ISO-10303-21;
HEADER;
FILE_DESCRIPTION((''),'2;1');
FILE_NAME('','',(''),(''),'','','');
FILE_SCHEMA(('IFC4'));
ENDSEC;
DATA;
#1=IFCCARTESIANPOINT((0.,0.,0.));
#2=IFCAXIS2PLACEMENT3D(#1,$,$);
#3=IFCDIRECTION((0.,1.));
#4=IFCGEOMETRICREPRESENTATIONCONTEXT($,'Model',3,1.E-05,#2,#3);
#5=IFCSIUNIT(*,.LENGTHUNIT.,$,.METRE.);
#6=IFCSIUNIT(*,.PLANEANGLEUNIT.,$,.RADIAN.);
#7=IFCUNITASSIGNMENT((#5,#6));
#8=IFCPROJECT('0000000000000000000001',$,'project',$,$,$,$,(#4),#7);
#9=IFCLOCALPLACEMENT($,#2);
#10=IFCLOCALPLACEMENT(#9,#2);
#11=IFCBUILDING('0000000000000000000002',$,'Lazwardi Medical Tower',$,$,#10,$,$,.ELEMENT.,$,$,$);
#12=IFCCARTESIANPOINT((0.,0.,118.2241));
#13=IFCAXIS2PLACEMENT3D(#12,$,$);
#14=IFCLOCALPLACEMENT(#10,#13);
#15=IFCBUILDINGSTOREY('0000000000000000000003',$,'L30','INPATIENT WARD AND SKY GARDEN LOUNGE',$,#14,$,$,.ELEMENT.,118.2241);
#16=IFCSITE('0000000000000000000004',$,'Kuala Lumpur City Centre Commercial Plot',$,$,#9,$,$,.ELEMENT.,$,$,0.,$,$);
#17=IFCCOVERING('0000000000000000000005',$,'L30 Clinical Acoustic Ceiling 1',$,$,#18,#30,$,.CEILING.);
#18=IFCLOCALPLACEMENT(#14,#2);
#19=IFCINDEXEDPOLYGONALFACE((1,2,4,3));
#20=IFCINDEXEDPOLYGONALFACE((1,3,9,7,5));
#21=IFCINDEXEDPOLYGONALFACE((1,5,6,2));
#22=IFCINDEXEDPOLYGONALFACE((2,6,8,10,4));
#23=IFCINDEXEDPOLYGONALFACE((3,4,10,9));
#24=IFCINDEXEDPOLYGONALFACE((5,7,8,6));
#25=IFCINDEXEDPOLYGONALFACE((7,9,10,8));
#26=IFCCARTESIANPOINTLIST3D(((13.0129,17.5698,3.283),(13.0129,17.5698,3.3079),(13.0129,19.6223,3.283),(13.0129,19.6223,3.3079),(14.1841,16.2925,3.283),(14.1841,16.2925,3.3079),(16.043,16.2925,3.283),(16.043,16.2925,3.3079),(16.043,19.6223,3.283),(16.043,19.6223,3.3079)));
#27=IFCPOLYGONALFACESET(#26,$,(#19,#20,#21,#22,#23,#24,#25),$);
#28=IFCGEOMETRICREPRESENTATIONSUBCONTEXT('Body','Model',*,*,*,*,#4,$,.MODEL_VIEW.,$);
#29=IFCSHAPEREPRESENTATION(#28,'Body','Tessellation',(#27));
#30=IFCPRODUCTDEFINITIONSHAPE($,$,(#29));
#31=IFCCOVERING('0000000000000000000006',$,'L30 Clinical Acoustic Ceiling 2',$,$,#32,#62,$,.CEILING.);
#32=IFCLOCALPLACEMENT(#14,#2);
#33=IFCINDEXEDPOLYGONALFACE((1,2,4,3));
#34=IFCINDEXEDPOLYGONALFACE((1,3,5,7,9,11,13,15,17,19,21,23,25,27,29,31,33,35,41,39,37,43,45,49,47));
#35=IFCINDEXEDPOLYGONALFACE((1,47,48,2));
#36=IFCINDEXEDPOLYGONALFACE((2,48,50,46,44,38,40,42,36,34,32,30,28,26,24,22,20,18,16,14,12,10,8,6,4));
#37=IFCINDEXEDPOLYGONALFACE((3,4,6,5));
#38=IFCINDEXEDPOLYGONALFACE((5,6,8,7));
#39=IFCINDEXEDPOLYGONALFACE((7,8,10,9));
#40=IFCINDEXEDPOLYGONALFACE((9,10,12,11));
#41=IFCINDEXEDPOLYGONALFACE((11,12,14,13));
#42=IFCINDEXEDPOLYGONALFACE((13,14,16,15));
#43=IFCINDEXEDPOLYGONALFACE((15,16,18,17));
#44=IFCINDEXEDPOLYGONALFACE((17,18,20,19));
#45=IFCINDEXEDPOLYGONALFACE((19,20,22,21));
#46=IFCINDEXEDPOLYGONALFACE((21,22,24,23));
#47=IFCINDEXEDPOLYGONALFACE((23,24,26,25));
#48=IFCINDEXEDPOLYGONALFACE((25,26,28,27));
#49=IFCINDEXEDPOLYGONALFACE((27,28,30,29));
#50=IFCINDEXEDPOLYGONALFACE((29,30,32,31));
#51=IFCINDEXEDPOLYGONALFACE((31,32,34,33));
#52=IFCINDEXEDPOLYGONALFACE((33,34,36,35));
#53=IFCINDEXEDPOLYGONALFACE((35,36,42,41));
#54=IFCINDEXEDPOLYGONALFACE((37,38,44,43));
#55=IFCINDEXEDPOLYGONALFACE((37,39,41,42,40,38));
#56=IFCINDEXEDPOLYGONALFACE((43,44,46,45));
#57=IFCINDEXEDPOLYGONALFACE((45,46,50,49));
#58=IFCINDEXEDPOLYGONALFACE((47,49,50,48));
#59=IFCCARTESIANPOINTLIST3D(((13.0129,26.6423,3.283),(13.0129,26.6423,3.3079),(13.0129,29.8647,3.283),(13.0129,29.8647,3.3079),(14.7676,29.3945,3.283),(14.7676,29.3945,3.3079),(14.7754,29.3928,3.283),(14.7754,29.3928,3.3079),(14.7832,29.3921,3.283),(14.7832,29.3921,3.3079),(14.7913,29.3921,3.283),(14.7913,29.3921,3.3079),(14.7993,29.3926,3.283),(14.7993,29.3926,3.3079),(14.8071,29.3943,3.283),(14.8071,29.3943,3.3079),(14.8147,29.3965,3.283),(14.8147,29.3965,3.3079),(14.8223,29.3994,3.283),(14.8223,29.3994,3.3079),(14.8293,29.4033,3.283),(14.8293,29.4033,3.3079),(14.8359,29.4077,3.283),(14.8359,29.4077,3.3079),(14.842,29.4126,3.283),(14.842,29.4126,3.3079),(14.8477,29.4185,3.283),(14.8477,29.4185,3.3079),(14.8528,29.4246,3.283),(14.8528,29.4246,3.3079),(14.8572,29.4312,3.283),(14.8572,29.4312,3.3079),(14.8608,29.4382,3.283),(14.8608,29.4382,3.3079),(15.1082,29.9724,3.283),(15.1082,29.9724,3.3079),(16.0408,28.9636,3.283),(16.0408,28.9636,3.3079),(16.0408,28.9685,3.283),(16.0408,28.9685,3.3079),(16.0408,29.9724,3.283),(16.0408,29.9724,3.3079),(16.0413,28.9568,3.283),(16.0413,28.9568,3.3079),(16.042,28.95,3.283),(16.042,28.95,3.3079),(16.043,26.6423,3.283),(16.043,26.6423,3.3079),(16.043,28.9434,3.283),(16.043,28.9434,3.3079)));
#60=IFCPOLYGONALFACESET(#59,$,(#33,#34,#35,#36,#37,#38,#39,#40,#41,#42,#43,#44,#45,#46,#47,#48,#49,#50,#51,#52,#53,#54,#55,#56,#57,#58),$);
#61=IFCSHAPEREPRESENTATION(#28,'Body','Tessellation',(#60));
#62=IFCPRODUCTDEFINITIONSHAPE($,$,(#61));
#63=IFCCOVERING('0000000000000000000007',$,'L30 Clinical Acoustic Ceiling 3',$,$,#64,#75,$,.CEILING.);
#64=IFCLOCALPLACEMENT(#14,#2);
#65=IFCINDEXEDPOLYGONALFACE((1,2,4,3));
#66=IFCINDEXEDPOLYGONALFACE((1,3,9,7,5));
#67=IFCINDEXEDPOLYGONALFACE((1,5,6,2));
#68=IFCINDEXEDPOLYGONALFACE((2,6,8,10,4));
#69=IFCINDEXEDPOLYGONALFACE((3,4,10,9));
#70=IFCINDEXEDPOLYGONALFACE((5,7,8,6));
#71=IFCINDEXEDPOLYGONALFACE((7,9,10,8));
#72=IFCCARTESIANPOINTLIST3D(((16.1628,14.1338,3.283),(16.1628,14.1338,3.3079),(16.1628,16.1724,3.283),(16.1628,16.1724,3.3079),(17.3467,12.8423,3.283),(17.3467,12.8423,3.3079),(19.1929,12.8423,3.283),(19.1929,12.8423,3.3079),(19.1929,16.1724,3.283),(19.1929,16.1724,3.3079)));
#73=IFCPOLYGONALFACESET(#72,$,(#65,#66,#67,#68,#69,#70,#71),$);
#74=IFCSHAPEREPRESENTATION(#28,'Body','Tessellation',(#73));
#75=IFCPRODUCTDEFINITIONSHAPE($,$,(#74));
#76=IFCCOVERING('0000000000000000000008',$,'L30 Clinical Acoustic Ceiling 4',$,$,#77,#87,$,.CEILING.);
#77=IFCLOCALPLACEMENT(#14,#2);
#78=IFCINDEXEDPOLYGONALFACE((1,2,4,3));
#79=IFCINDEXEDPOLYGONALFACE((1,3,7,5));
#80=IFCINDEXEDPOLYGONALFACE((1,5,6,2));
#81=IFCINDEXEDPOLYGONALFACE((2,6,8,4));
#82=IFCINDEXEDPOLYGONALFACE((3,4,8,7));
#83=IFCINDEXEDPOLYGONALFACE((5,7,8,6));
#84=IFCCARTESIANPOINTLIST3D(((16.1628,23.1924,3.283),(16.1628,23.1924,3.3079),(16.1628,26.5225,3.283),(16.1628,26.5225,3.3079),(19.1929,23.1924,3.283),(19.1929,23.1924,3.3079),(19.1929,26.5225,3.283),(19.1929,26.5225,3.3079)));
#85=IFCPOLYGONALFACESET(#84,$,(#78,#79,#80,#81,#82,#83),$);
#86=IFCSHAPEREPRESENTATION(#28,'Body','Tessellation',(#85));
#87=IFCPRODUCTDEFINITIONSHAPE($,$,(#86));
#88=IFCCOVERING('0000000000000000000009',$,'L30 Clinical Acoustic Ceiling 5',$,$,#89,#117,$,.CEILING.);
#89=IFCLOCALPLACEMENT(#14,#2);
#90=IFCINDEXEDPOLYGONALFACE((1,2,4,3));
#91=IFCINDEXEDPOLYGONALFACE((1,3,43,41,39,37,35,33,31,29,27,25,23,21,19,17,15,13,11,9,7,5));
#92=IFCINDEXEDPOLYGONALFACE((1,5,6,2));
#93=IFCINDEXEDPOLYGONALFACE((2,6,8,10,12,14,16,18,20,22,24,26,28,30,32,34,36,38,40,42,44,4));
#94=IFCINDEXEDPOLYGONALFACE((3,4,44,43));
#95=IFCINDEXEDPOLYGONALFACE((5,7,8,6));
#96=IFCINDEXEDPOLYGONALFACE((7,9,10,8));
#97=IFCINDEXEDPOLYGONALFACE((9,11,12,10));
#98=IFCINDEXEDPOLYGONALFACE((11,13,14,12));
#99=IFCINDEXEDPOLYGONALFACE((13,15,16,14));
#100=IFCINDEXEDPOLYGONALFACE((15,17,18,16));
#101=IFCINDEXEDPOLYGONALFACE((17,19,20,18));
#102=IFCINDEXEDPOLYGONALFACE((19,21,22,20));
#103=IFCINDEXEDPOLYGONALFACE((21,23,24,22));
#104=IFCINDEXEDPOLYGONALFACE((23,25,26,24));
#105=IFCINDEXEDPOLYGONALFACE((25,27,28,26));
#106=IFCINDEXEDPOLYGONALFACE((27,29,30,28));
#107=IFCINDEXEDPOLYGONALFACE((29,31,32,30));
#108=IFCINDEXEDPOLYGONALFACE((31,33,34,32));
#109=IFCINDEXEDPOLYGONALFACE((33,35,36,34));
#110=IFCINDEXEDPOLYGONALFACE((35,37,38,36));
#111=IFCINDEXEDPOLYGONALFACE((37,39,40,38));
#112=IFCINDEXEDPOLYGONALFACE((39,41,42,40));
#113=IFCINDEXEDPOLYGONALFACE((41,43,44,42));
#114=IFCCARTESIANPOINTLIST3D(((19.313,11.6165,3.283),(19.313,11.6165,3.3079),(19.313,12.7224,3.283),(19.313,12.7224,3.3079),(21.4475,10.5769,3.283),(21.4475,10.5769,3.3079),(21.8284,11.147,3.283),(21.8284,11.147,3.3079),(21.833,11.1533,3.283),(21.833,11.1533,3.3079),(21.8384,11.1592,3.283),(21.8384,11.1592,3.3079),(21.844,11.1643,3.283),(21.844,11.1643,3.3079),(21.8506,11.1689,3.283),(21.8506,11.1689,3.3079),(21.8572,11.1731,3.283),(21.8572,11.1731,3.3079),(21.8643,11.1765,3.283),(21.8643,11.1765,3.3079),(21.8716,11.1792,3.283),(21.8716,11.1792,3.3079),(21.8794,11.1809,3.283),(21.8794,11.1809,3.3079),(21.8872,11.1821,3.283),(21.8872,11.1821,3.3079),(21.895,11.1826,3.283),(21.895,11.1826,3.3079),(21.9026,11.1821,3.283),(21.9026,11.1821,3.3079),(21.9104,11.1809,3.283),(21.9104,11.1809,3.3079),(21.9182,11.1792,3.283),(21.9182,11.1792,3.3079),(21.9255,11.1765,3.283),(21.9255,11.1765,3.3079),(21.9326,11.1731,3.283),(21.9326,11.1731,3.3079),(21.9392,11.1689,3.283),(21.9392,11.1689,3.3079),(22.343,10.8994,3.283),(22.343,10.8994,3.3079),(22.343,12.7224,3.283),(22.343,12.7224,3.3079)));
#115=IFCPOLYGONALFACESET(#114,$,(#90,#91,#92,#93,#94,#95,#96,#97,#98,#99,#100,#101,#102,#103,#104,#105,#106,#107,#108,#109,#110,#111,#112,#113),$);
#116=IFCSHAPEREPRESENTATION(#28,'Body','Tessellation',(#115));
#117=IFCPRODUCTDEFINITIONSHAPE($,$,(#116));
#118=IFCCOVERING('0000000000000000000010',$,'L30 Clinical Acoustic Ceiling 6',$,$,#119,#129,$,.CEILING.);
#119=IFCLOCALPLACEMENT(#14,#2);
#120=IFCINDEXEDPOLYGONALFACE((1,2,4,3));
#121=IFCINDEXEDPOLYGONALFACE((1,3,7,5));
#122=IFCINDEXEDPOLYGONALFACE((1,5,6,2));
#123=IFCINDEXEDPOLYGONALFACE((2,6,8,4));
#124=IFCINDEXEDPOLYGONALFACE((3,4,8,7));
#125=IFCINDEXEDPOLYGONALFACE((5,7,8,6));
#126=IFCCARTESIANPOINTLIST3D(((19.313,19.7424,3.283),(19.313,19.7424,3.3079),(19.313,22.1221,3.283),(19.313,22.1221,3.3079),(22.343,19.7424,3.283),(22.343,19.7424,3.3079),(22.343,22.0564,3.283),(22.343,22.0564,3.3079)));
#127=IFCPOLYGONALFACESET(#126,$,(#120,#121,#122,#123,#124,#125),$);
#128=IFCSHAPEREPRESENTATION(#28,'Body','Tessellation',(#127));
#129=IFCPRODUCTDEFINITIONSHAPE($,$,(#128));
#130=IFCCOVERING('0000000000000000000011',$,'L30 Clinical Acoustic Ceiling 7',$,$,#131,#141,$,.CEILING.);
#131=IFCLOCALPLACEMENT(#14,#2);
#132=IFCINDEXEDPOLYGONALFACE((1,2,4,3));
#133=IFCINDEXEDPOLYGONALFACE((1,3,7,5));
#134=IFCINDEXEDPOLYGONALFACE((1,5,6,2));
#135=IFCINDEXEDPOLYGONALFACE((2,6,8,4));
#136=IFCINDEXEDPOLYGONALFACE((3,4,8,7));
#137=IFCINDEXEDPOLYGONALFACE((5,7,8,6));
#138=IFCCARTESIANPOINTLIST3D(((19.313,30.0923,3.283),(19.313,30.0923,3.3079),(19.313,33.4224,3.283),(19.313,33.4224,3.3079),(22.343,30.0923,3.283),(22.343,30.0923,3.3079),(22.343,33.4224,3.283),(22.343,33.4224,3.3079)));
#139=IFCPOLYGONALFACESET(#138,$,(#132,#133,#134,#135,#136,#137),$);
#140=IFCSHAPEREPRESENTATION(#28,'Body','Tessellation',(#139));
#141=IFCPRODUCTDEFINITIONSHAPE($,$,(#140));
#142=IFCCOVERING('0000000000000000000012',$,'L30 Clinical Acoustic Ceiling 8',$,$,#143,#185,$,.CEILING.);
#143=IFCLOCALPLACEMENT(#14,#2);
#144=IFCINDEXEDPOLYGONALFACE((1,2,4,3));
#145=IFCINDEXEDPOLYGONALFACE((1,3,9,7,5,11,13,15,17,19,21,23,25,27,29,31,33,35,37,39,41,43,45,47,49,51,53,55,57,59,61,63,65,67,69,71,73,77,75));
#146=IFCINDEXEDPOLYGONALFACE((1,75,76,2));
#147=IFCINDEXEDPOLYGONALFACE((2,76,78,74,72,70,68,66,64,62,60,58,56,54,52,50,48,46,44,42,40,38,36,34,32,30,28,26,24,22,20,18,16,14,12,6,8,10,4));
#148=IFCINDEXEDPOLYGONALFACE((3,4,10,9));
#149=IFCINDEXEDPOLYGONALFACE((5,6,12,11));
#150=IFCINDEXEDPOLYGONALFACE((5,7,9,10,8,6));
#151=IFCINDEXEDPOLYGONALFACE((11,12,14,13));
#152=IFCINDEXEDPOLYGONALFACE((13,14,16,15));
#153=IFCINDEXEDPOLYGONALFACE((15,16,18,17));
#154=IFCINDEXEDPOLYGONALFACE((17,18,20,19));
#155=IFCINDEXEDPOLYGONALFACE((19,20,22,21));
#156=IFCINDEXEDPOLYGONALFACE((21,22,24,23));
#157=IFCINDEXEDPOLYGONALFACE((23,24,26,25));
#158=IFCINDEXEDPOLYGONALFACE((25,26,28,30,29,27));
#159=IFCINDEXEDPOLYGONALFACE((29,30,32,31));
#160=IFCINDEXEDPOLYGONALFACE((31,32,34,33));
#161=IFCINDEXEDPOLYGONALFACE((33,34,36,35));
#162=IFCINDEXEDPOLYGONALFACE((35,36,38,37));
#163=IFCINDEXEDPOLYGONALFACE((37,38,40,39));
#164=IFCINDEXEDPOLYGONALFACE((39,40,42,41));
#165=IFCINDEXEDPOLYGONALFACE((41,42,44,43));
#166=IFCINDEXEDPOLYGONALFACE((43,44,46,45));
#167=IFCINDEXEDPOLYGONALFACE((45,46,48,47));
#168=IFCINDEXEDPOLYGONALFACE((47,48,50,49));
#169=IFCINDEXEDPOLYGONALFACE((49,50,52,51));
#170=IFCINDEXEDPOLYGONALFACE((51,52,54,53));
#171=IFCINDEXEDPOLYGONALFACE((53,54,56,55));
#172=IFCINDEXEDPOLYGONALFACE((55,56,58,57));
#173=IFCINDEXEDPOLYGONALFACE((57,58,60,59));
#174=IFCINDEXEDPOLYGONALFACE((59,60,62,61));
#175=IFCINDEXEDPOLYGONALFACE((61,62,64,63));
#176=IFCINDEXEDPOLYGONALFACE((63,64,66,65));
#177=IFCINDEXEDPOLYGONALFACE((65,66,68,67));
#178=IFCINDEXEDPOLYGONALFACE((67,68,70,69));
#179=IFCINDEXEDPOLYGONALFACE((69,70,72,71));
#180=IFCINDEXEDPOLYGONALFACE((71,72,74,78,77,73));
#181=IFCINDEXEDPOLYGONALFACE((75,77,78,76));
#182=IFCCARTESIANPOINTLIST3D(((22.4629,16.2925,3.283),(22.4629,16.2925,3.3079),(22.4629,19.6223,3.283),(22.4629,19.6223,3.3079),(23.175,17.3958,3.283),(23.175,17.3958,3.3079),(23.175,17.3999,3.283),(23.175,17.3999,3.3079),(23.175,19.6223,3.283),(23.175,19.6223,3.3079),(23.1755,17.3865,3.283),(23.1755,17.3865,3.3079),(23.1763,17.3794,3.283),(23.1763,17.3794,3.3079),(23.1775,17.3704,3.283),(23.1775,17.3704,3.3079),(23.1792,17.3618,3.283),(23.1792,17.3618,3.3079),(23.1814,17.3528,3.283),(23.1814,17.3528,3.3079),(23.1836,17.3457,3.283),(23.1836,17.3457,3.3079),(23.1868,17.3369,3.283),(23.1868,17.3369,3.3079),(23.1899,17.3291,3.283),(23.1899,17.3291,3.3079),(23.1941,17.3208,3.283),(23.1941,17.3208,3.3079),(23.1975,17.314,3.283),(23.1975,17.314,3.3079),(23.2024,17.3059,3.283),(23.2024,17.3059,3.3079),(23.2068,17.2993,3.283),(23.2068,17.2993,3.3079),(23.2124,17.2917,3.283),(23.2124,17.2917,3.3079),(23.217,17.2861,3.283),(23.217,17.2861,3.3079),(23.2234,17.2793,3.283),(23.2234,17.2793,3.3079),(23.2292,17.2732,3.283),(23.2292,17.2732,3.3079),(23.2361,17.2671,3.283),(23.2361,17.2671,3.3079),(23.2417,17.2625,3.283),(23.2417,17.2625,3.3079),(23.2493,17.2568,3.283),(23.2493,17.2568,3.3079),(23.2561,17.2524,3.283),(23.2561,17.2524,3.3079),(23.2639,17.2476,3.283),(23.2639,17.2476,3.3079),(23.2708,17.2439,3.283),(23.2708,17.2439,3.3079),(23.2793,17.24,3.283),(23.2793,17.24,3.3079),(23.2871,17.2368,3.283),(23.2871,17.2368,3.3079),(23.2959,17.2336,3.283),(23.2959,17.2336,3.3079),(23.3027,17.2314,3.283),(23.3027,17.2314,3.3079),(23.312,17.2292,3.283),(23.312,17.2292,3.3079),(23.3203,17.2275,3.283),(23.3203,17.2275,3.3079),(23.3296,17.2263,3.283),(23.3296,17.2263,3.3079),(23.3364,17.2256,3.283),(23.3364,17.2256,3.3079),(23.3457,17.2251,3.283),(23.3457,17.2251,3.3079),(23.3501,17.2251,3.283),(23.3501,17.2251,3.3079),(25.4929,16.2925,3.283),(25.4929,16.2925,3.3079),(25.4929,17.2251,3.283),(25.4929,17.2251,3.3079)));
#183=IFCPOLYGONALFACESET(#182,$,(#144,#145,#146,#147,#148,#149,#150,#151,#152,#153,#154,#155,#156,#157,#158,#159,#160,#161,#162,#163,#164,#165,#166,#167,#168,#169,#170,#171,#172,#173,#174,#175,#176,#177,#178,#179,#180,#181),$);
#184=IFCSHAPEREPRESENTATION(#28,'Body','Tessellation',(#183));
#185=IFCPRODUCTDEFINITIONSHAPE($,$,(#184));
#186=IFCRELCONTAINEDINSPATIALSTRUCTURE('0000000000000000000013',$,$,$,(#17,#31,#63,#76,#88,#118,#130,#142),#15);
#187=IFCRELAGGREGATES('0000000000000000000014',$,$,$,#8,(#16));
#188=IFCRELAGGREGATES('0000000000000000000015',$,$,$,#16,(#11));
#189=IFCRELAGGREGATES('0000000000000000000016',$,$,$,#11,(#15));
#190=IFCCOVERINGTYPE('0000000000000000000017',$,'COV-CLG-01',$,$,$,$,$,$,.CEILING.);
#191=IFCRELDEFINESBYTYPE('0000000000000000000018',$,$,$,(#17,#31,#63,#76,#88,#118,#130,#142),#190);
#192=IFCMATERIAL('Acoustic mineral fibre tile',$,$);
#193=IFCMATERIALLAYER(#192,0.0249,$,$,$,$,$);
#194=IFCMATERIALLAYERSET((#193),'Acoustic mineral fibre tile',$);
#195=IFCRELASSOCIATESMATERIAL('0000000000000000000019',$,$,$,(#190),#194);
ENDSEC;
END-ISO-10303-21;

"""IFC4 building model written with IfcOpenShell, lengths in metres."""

from ifc_helpers import new_model, si_unit, direction, frame, origin, place, context, subcontext, project, spatial, polyline, outline, extrude, material, layer, layer_set, type_object, element, save


model = new_model("IFC4")

# Units and contexts
model_context = context("Model", 3, precision=1e-05, world=origin(), true_north=direction((0.0, 1.0)))
body_context = subcontext(model_context, "Body", "Model", "MODEL_VIEW")
ifc_project = project(units=[si_unit("LENGTHUNIT", "METRE"), si_unit("PLANEANGLEUNIT", "RADIAN")], contexts=[model_context])

# Site, building, storey
site_placement = place(None, origin())
site = spatial("IfcSite", under=ifc_project, at=site_placement, Name="Kuala Lumpur City Centre Commercial Plot", CompositionType="ELEMENT", RefElevation=0.0)
building_placement = place(site_placement, origin())
building = spatial("IfcBuilding", under=site, at=building_placement, Name="Lazwardi Medical Tower", CompositionType="ELEMENT")
storey_placement = place(building_placement, frame((0.0, 0.0, 118.2241)))
storey = spatial("IfcBuildingStorey", under=building, at=storey_placement, Name="L30", Description="INPATIENT WARD AND SKY GARDEN LOUNGE", CompositionType="ELEMENT", Elevation=118.2241)

# Coverings
ifc_material_1 = material(Name="Acoustic mineral fibre tile")
ifc_layer_1 = layer(ifc_material_1, 0.0249)
ifc_layer_set_1 = layer_set([ifc_layer_1], Name="Acoustic mineral fibre tile")
covering_type_1 = type_object("IfcCoveringType", Name="COV-CLG-01", PredefinedType="CEILING", material=ifc_layer_set_1)
covering_1_placement = place(storey_placement, frame((0.0, 0.0, 3.283)))
element("IfcCovering", 1, at=covering_1_placement, inside=storey, type_object=covering_type_1, Name="L30 Clinical Acoustic Ceiling 1", PredefinedType="CEILING", context=body_context, shape_type="SweptSolid", body=[
    extrude(outline(polyline([(13.0129, 17.5698), (14.1841, 16.2925), (16.043, 16.2925), (16.043, 19.6223), (13.0129, 19.6223), (13.0129, 17.5698)])), origin(), (0.0, 0.0, 1.0), 0.0249),
])
covering_2_placement = place(storey_placement, frame((0.0, 0.0, 3.283)))
element("IfcCovering", 2, at=covering_2_placement, inside=storey, type_object=covering_type_1, Name="L30 Clinical Acoustic Ceiling 2", PredefinedType="CEILING", context=body_context, shape_type="SweptSolid", body=[
    extrude(outline(polyline([(16.043, 28.9434), (16.042, 28.95), (16.0413, 28.9568), (16.0408, 28.9636), (16.0408, 28.9685), (16.0408, 29.9724), (15.1082, 29.9724), (14.8608, 29.4382), (14.8572, 29.4312), (14.8528, 29.4246), (14.8477, 29.4185), (14.842, 29.4126), (14.8359, 29.4077), (14.8293, 29.4033), (14.8223, 29.3994), (14.8147, 29.3965), (14.8071, 29.3943), (14.7993, 29.3926), (14.7913, 29.3921), (14.7832, 29.3921), (14.7754, 29.3928), (14.7676, 29.3945), (13.0129, 29.8647), (13.0129, 26.6423), (16.043, 26.6423), (16.043, 28.9434)])), origin(), (0.0, 0.0, 1.0), 0.0249),
])
covering_3_placement = place(storey_placement, frame((0.0, 0.0, 3.283)))
element("IfcCovering", 3, at=covering_3_placement, inside=storey, type_object=covering_type_1, Name="L30 Clinical Acoustic Ceiling 3", PredefinedType="CEILING", context=body_context, shape_type="SweptSolid", body=[
    extrude(outline(polyline([(16.1628, 14.1338), (17.3467, 12.8423), (19.1929, 12.8423), (19.1929, 16.1724), (16.1628, 16.1724), (16.1628, 14.1338)])), origin(), (0.0, 0.0, 1.0), 0.0249),
])
covering_4_placement = place(storey_placement, frame((0.0, 0.0, 3.283)))
element("IfcCovering", 4, at=covering_4_placement, inside=storey, type_object=covering_type_1, Name="L30 Clinical Acoustic Ceiling 4", PredefinedType="CEILING", context=body_context, shape_type="SweptSolid", body=[
    extrude(outline(polyline([(19.1929, 23.1924), (19.1929, 26.5225), (16.1628, 26.5225), (16.1628, 23.1924), (19.1929, 23.1924)])), origin(), (0.0, 0.0, 1.0), 0.0249),
])
covering_5_placement = place(storey_placement, frame((0.0, 0.0, 3.283)))
element("IfcCovering", 5, at=covering_5_placement, inside=storey, type_object=covering_type_1, Name="L30 Clinical Acoustic Ceiling 5", PredefinedType="CEILING", context=body_context, shape_type="SweptSolid", body=[
    extrude(outline(polyline([(19.313, 11.6165), (21.4475, 10.5769), (21.8284, 11.147), (21.833, 11.1533), (21.8384, 11.1592), (21.844, 11.1643), (21.8506, 11.1689), (21.8572, 11.1731), (21.8643, 11.1765), (21.8716, 11.1792), (21.8794, 11.1809), (21.8872, 11.1821), (21.895, 11.1826), (21.9026, 11.1821), (21.9104, 11.1809), (21.9182, 11.1792), (21.9255, 11.1765), (21.9326, 11.1731), (21.9392, 11.1689), (22.343, 10.8994), (22.343, 12.7224), (19.313, 12.7224), (19.313, 11.6165)])), origin(), (0.0, 0.0, 1.0), 0.0249),
])
covering_6_placement = place(storey_placement, frame((0.0, 0.0, 3.283)))
element("IfcCovering", 6, at=covering_6_placement, inside=storey, type_object=covering_type_1, Name="L30 Clinical Acoustic Ceiling 6", PredefinedType="CEILING", context=body_context, shape_type="SweptSolid", body=[
    extrude(outline(polyline([(22.343, 22.0564), (19.313, 22.1221), (19.313, 19.7424), (22.343, 19.7424), (22.343, 22.0564)])), origin(), (0.0, 0.0, 1.0), 0.0249),
])
covering_7_placement = place(storey_placement, frame((0.0, 0.0, 3.283)))
element("IfcCovering", 7, at=covering_7_placement, inside=storey, type_object=covering_type_1, Name="L30 Clinical Acoustic Ceiling 7", PredefinedType="CEILING", context=body_context, shape_type="SweptSolid", body=[
    extrude(outline(polyline([(22.343, 30.0923), (22.343, 33.4224), (19.313, 33.4224), (19.313, 30.0923), (22.343, 30.0923)])), origin(), (0.0, 0.0, 1.0), 0.0249),
])
covering_8_placement = place(storey_placement, frame((0.0, 0.0, 3.283)))
element("IfcCovering", 8, at=covering_8_placement, inside=storey, type_object=covering_type_1, Name="L30 Clinical Acoustic Ceiling 8", PredefinedType="CEILING", context=body_context, shape_type="SweptSolid", body=[
    extrude(outline(polyline([(25.4929, 17.2251), (23.3501, 17.2251), (23.3457, 17.2251), (23.3364, 17.2256), (23.3296, 17.2263), (23.3203, 17.2275), (23.312, 17.2292), (23.3027, 17.2314), (23.2959, 17.2336), (23.2871, 17.2368), (23.2793, 17.24), (23.2708, 17.2439), (23.2639, 17.2476), (23.2561, 17.2524), (23.2493, 17.2568), (23.2417, 17.2625), (23.2361, 17.2671), (23.2292, 17.2732), (23.2234, 17.2793), (23.217, 17.2861), (23.2124, 17.2917), (23.2068, 17.2993), (23.2024, 17.3059), (23.1975, 17.314), (23.1941, 17.3208), (23.1899, 17.3291), (23.1868, 17.3369), (23.1836, 17.3457), (23.1814, 17.3528), (23.1792, 17.3618), (23.1775, 17.3704), (23.1763, 17.3794), (23.1755, 17.3865), (23.175, 17.3958), (23.175, 17.3999), (23.175, 19.6223), (22.4629, 19.6223), (22.4629, 16.2925), (25.4929, 16.2925), (25.4929, 17.2251)])), origin(), (0.0, 0.0, 1.0), 0.0249),
])

save(model, "model.ifc")
